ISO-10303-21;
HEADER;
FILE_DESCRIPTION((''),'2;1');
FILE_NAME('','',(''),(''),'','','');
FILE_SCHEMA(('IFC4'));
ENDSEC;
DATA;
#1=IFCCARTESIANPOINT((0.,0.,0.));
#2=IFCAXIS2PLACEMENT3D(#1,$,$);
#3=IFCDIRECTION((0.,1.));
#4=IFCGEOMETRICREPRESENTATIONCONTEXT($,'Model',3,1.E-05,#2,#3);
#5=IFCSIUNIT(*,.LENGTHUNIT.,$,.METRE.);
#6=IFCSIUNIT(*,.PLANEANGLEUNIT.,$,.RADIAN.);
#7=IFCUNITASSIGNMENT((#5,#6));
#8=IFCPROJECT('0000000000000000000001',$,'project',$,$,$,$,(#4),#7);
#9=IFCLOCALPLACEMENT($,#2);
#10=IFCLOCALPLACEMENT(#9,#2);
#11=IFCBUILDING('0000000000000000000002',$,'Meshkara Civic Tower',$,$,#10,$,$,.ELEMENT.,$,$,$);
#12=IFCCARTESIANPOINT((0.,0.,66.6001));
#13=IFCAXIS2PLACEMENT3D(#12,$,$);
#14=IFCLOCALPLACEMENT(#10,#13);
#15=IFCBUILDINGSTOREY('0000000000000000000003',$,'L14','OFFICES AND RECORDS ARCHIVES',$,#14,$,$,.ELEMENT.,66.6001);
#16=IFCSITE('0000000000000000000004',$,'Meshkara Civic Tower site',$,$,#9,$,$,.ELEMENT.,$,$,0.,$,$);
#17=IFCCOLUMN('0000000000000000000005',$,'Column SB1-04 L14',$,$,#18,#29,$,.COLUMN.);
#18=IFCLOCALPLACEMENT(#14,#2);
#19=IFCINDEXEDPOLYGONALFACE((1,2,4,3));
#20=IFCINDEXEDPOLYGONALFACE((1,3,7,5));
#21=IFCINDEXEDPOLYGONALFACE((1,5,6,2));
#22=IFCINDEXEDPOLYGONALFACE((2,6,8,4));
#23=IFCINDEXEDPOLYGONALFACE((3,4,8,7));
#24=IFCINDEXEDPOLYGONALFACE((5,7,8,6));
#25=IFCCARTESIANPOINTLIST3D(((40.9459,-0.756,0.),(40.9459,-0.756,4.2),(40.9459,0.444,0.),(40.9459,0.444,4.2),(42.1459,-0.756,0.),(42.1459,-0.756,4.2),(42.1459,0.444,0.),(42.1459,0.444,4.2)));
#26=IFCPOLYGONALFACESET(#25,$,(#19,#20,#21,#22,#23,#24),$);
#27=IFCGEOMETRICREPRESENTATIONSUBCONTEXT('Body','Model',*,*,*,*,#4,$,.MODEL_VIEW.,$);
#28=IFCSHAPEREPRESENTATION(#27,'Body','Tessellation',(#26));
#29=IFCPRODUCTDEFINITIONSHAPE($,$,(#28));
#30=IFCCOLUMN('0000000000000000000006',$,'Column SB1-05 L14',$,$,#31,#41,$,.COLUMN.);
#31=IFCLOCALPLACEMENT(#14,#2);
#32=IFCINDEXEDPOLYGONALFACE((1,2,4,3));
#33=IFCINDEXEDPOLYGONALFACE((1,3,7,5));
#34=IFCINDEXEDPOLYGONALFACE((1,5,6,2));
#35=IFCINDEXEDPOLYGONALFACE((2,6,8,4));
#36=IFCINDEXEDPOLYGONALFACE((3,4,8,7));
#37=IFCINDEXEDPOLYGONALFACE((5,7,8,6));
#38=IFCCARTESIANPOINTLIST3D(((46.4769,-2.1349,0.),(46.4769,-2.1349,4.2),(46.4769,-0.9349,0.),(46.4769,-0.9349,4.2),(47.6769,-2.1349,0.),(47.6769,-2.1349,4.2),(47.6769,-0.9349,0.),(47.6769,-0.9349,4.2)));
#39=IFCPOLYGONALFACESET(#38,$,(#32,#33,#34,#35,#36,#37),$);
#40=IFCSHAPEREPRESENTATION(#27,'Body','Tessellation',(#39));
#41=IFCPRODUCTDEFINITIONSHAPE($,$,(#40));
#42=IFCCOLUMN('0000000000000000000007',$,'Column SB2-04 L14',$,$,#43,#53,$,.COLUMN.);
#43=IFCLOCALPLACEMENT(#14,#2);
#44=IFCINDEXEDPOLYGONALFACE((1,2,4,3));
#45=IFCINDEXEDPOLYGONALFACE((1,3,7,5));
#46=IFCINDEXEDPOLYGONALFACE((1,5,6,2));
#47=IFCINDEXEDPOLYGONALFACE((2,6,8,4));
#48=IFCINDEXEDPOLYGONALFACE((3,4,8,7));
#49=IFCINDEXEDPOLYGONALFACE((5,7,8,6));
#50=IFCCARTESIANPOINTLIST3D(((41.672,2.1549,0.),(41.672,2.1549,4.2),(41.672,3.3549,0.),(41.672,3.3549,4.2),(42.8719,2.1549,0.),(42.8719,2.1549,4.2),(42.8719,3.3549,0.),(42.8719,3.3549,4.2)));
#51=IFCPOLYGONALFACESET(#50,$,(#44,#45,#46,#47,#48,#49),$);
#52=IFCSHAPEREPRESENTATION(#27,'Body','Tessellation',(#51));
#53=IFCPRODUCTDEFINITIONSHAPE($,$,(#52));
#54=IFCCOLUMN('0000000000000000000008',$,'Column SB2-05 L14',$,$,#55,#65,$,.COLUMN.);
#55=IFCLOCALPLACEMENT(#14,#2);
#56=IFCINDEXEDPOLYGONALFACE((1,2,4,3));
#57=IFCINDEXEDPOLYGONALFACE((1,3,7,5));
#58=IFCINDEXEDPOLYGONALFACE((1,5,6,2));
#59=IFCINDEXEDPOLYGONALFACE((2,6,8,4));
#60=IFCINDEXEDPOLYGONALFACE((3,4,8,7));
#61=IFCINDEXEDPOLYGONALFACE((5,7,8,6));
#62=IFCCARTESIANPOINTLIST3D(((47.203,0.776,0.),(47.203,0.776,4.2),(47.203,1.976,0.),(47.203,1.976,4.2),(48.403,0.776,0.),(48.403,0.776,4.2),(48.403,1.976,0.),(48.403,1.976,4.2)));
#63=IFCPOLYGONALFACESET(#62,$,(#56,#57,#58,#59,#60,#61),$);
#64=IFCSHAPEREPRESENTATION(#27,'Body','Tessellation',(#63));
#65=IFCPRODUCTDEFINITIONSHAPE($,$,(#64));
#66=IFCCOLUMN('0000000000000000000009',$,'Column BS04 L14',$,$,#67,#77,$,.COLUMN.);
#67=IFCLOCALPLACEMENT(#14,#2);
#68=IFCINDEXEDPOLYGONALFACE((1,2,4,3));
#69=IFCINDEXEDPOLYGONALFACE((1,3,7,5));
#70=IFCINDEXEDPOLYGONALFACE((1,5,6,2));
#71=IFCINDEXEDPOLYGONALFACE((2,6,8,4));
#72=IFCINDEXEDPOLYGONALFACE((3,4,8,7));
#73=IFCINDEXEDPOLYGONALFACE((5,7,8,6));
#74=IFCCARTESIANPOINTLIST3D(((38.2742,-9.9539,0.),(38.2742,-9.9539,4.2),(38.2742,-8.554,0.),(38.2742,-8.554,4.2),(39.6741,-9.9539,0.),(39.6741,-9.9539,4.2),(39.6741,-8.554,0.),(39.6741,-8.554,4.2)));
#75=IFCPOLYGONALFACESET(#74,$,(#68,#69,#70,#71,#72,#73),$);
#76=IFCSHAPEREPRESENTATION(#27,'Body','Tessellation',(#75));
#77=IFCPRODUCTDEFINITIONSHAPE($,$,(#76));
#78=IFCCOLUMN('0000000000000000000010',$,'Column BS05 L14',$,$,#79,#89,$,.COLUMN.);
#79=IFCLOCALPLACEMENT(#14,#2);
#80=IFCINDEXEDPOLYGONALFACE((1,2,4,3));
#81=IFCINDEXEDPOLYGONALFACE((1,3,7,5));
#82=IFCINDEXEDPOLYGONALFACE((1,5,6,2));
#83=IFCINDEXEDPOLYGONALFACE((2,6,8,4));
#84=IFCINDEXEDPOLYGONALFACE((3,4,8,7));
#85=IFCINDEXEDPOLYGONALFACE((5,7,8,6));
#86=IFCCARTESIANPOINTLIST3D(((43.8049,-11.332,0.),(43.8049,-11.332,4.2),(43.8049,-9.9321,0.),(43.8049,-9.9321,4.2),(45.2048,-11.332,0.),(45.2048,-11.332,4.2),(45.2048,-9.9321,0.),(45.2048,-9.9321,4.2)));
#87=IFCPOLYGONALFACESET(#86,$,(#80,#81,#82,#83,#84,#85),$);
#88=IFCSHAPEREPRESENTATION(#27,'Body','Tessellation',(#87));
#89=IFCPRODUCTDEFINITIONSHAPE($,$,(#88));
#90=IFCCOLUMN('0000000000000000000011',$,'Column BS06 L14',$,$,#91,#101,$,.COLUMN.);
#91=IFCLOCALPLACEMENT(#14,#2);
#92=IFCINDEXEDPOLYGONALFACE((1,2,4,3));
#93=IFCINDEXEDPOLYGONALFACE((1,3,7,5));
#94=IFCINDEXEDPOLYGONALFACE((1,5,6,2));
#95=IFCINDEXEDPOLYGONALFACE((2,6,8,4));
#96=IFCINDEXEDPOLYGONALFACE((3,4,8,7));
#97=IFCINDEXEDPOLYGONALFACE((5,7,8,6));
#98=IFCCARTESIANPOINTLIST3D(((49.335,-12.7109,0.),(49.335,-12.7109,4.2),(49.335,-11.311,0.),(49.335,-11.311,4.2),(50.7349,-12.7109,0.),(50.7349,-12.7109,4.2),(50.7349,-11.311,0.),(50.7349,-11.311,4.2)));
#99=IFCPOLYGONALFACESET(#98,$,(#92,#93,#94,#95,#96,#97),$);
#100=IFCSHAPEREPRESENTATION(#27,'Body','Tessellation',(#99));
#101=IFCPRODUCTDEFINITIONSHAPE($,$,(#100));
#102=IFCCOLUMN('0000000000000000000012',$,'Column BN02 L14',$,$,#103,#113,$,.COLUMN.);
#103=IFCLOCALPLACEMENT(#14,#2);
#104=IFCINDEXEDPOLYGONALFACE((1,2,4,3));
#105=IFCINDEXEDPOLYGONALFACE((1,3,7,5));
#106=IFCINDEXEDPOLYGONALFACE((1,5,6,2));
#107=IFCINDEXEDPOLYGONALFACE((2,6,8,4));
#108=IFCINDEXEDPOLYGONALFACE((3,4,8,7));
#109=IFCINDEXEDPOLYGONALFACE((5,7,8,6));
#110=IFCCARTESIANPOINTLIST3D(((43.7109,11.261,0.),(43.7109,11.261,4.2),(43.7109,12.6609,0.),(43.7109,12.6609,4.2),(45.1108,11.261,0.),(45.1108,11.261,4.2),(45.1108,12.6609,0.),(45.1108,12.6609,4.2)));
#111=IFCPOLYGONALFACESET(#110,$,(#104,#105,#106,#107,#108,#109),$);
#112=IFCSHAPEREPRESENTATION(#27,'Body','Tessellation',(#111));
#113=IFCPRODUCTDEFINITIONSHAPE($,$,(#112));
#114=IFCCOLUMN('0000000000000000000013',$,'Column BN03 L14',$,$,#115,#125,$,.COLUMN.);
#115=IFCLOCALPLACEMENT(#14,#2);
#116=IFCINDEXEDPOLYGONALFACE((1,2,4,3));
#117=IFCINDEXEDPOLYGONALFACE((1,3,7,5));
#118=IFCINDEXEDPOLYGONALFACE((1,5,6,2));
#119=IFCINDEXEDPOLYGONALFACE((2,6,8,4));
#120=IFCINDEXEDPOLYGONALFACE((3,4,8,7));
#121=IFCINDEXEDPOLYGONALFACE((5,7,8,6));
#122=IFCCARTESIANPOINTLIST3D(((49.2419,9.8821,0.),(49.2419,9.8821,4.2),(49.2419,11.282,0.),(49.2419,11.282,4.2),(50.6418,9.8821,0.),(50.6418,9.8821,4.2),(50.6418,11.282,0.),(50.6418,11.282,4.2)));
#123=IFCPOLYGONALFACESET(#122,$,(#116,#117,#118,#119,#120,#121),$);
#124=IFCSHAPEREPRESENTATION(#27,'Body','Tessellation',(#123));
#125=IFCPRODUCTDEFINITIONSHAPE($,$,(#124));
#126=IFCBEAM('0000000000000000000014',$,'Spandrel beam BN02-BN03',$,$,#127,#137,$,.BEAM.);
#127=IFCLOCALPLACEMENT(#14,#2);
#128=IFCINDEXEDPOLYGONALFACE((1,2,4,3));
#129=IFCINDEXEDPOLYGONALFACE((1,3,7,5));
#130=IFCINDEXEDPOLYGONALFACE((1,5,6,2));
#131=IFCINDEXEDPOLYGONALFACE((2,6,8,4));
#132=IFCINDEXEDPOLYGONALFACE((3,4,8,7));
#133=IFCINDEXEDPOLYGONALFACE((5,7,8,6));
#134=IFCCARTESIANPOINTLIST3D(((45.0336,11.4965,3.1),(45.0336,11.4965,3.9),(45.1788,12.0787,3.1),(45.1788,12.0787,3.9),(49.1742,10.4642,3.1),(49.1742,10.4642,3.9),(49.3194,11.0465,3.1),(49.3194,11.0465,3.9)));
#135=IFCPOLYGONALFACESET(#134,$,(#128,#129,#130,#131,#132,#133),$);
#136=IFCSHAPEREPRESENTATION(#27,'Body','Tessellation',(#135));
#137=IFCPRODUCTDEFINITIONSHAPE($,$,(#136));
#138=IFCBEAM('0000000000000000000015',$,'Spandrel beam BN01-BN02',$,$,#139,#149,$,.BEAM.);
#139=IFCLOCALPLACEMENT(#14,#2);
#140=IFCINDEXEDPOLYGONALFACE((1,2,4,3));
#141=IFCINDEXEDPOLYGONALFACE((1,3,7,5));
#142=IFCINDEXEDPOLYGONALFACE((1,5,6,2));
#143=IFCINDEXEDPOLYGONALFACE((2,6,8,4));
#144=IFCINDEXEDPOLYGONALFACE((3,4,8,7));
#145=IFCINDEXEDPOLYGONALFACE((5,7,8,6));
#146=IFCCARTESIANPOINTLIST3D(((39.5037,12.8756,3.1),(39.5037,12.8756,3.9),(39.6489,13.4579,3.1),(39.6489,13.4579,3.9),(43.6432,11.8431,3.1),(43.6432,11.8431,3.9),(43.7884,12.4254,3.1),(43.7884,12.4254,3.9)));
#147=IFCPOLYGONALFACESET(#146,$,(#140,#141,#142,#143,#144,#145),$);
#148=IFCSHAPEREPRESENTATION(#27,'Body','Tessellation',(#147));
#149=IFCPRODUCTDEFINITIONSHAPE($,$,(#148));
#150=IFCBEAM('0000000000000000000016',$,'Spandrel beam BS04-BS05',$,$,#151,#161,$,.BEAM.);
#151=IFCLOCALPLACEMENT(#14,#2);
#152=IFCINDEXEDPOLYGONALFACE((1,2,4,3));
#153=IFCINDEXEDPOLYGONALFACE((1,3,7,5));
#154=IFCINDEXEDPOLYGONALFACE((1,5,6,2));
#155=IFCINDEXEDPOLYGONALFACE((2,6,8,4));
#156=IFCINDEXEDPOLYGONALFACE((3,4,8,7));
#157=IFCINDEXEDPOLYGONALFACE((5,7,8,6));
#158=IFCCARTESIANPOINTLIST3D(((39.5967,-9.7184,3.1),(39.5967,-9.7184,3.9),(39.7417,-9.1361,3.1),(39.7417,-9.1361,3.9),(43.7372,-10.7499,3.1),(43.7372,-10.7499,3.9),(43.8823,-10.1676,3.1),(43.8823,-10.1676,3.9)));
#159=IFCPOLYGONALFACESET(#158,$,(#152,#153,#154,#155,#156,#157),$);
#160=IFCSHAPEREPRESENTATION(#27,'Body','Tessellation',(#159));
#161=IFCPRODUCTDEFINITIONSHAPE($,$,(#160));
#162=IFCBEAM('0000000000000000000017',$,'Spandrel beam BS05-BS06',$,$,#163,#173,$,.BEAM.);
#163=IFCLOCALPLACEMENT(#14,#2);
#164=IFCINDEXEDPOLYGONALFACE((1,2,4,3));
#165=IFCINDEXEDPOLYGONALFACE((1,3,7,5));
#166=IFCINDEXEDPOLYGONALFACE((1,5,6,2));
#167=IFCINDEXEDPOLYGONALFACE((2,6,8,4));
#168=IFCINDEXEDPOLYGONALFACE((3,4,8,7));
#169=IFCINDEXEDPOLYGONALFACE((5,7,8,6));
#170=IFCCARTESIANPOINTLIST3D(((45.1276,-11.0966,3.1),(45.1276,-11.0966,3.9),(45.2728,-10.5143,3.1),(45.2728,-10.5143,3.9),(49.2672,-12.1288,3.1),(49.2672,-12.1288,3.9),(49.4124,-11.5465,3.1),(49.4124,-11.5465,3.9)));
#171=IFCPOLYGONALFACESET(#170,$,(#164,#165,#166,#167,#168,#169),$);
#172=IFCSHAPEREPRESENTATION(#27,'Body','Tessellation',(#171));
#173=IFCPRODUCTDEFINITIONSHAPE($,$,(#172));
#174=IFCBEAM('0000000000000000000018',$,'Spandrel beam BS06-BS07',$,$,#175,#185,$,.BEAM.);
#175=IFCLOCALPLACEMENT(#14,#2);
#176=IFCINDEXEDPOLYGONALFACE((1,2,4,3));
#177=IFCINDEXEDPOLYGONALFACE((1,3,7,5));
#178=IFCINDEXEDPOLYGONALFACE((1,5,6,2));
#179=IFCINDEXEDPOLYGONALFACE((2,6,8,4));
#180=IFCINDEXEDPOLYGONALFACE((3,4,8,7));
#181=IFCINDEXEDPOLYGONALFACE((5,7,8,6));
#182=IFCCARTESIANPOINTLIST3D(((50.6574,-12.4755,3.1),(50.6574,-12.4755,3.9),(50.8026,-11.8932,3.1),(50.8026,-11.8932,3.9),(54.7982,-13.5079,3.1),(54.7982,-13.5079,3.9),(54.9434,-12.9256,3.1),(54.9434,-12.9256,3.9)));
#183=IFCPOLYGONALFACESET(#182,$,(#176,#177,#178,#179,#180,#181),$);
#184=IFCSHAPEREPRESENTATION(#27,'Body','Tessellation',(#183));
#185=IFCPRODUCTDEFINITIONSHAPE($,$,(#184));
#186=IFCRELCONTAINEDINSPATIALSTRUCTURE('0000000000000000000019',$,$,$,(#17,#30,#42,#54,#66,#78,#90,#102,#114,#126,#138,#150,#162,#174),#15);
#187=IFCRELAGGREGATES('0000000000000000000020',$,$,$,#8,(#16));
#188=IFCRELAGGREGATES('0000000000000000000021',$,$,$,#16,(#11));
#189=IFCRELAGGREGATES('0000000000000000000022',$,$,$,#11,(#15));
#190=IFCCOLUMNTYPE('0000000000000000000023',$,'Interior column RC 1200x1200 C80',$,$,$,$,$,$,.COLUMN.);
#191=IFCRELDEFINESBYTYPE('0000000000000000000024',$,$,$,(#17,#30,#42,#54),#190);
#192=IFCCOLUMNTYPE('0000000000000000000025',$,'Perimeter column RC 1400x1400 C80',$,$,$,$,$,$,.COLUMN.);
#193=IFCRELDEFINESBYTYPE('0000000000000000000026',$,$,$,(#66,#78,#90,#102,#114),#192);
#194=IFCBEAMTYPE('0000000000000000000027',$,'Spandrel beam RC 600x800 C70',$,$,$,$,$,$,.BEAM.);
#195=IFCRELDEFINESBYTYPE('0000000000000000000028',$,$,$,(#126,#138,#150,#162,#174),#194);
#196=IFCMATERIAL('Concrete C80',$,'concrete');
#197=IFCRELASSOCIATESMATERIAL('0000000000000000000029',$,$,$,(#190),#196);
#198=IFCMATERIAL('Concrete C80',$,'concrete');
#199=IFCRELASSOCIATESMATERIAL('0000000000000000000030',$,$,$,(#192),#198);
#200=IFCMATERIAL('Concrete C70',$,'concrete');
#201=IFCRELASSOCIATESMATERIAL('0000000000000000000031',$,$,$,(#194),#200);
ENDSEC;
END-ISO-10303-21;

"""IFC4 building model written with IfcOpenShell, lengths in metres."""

from ifc_helpers import new_model, si_unit, direction, frame, origin, origin_2d, place, context, subcontext, project, spatial, rectangle, extrude, material, material_profile, profile_set, type_object, element, save


model = new_model("IFC4")

# Units and contexts
model_context = context("Model", 3, precision=1e-05, world=origin(), true_north=direction((0.0, 1.0)))
body_context = subcontext(model_context, "Body", "Model", "MODEL_VIEW")
ifc_project = project(units=[si_unit("LENGTHUNIT", "METRE"), si_unit("PLANEANGLEUNIT", "RADIAN")], contexts=[model_context])

# Site, building, storey
site_placement = place(None, origin())
site = spatial("IfcSite", under=ifc_project, at=site_placement, Name="Meshkara Civic Tower site", CompositionType="ELEMENT", RefElevation=0.0)
building_placement = place(site_placement, origin())
building = spatial("IfcBuilding", under=site, at=building_placement, Name="Meshkara Civic Tower", CompositionType="ELEMENT")
storey_placement = place(building_placement, frame((0.0, 0.0, 66.6001)))
storey = spatial("IfcBuildingStorey", under=building, at=storey_placement, Name="L14", Description="OFFICES AND RECORDS ARCHIVES", CompositionType="ELEMENT", Elevation=66.6001)

# Columns
ifc_material_1 = material(Name="Concrete C80", Category="concrete")
ifc_material_profile_1 = material_profile(ifc_material_1, rectangle(XDim=1.2, YDim=1.2, at=origin_2d()))
ifc_profile_set_1 = profile_set([ifc_material_profile_1], Name="Concrete C80")
column_type_1 = type_object("IfcColumnType", Name="Interior column RC 1200x1200 C80", PredefinedType="COLUMN", material=ifc_profile_set_1)
for number, where, z_axis, x_axis, name in (
    (1, (41.5459, -0.156, 0.0), (0.0, 0.0, 1.0), (1.0, 0.0, 0.0), "Column SB1-04 L14"),
    (2, (47.0769, -1.5349, 0.0), (0.0, 0.0, 1.0), (1.0, 0.0, 0.0), "Column SB1-05 L14"),
    (3, (42.272, 2.7549, 0.0), (0.0, 0.0, 1.0), (1.0, 0.0, 0.0), "Column SB2-04 L14"),
    (4, (47.803, 1.376, 0.0), (0.0, 0.0, 1.0), (1.0, 0.0, 0.0), "Column SB2-05 L14"),
):
    element("IfcColumn", number, at=place(storey_placement, frame(where, z_axis=z_axis, x_axis=x_axis)), inside=storey, type_object=column_type_1, Name=name, PredefinedType="COLUMN", context=body_context, shape_type="SweptSolid", body=[
        extrude(rectangle(XDim=1.2, YDim=1.2, at=origin_2d()), origin(), (0.0, 0.0, 1.0), 4.2),
    ])
ifc_material_2 = material(Name="Concrete C80", Category="concrete")
ifc_material_profile_2 = material_profile(ifc_material_2, rectangle(XDim=1.3999, YDim=1.3999, at=origin_2d()))
ifc_profile_set_2 = profile_set([ifc_material_profile_2], Name="Concrete C80")
column_type_2 = type_object("IfcColumnType", Name="Perimeter column RC 1400x1400 C80", PredefinedType="COLUMN", material=ifc_profile_set_2)
for number, where, z_axis, x_axis, name in (
    (5, (38.9741, -9.2539, 0.0), (0.0, 0.0, 1.0), (1.0, 0.0, 0.0), "Column BS04 L14"),
    (6, (44.5049, -10.6321, 0.0), (0.0, 0.0, 1.0), (1.0, 0.0, 0.0), "Column BS05 L14"),
    (7, (50.0349, -12.011, 0.0), (0.0, 0.0, 1.0), (1.0, 0.0, 0.0), "Column BS06 L14"),
    (8, (44.4109, 11.9609, 0.0), (0.0, 0.0, 1.0), (1.0, 0.0, 0.0), "Column BN02 L14"),
    (9, (49.9419, 10.582, 0.0), (0.0, 0.0, 1.0), (1.0, 0.0, 0.0), "Column BN03 L14"),
):
    element("IfcColumn", number, at=place(storey_placement, frame(where, z_axis=z_axis, x_axis=x_axis)), inside=storey, type_object=column_type_2, Name=name, PredefinedType="COLUMN", context=body_context, shape_type="SweptSolid", body=[
        extrude(rectangle(XDim=1.3999, YDim=1.3999, at=origin_2d()), origin(), (0.0, 0.0, 1.0), 4.2),
    ])

# Beams
ifc_material_3 = material(Name="Concrete C70", Category="concrete")
ifc_material_profile_3 = material_profile(ifc_material_3, rectangle(XDim=0.6001, YDim=0.8, at=origin_2d()))
ifc_profile_set_3 = profile_set([ifc_material_profile_3], Name="Concrete C70")
beam_type = type_object("IfcBeamType", Name="Spandrel beam RC 600x800 C70", PredefinedType="BEAM", material=ifc_profile_set_3)
beam_1_placement = place(storey_placement, frame((49.2468, 10.7554, 3.5), z_axis=(-0.970304, 0.241889, 0.0), x_axis=(-0.241889, -0.970304, 0.0)))
element("IfcBeam", 10, at=beam_1_placement, inside=storey, type_object=beam_type, Name="Spandrel beam BN02-BN03", PredefinedType="BEAM", context=body_context, shape_type="SweptSolid", body=[
    extrude(rectangle(XDim=0.6001, YDim=0.8, at=origin_2d()), origin(), (0.0, 0.0, 1.0), 4.2673),
])
beam_2_placement = place(storey_placement, frame((43.7158, 12.1343, 3.5), z_axis=(-0.970277, 0.241997, 0.0), x_axis=(-0.241997, -0.970277, 0.0)))
element("IfcBeam", 11, at=beam_2_placement, inside=storey, type_object=beam_type, Name="Spandrel beam BN01-BN02", PredefinedType="BEAM", context=body_context, shape_type="SweptSolid", body=[
    extrude(rectangle(XDim=0.6001, YDim=0.8, at=origin_2d()), origin(), (0.0, 0.0, 1.0), 4.2664),
])
beam_3_placement = place(storey_placement, frame((39.6692, -9.4272, 3.5), z_axis=(0.970344, -0.241728, 0.0), x_axis=(0.241728, 0.970344, 0.0)))
element("IfcBeam", 12, at=beam_3_placement, inside=storey, type_object=beam_type, Name="Spandrel beam BS04-BS05", PredefinedType="BEAM", context=body_context, shape_type="SweptSolid", body=[
    extrude(rectangle(XDim=0.6001, YDim=0.8, at=origin_2d()), origin(), (0.0, 0.0, 1.0), 4.2671),
])
beam_4_placement = place(storey_placement, frame((45.2002, -10.8054, 3.5), z_axis=(0.97029, -0.241943, 0.0), x_axis=(0.241943, 0.97029, 0.0)))
element("IfcBeam", 13, at=beam_4_placement, inside=storey, type_object=beam_type, Name="Spandrel beam BS05-BS06", PredefinedType="BEAM", context=body_context, shape_type="SweptSolid", body=[
    extrude(rectangle(XDim=0.6001, YDim=0.8, at=origin_2d()), origin(), (0.0, 0.0, 1.0), 4.2664),
])
beam_5_placement = place(storey_placement, frame((50.73, -12.1843, 3.5), z_axis=(0.970294, -0.24193, 0.0), x_axis=(0.24193, 0.970294, 0.0)))
element("IfcBeam", 14, at=beam_5_placement, inside=storey, type_object=beam_type, Name="Spandrel beam BS06-BS07", PredefinedType="BEAM", context=body_context, shape_type="SweptSolid", body=[
    extrude(rectangle(XDim=0.6001, YDim=0.8, at=origin_2d()), origin(), (0.0, 0.0, 1.0), 4.2676),
])

save(model, "model.ifc")
